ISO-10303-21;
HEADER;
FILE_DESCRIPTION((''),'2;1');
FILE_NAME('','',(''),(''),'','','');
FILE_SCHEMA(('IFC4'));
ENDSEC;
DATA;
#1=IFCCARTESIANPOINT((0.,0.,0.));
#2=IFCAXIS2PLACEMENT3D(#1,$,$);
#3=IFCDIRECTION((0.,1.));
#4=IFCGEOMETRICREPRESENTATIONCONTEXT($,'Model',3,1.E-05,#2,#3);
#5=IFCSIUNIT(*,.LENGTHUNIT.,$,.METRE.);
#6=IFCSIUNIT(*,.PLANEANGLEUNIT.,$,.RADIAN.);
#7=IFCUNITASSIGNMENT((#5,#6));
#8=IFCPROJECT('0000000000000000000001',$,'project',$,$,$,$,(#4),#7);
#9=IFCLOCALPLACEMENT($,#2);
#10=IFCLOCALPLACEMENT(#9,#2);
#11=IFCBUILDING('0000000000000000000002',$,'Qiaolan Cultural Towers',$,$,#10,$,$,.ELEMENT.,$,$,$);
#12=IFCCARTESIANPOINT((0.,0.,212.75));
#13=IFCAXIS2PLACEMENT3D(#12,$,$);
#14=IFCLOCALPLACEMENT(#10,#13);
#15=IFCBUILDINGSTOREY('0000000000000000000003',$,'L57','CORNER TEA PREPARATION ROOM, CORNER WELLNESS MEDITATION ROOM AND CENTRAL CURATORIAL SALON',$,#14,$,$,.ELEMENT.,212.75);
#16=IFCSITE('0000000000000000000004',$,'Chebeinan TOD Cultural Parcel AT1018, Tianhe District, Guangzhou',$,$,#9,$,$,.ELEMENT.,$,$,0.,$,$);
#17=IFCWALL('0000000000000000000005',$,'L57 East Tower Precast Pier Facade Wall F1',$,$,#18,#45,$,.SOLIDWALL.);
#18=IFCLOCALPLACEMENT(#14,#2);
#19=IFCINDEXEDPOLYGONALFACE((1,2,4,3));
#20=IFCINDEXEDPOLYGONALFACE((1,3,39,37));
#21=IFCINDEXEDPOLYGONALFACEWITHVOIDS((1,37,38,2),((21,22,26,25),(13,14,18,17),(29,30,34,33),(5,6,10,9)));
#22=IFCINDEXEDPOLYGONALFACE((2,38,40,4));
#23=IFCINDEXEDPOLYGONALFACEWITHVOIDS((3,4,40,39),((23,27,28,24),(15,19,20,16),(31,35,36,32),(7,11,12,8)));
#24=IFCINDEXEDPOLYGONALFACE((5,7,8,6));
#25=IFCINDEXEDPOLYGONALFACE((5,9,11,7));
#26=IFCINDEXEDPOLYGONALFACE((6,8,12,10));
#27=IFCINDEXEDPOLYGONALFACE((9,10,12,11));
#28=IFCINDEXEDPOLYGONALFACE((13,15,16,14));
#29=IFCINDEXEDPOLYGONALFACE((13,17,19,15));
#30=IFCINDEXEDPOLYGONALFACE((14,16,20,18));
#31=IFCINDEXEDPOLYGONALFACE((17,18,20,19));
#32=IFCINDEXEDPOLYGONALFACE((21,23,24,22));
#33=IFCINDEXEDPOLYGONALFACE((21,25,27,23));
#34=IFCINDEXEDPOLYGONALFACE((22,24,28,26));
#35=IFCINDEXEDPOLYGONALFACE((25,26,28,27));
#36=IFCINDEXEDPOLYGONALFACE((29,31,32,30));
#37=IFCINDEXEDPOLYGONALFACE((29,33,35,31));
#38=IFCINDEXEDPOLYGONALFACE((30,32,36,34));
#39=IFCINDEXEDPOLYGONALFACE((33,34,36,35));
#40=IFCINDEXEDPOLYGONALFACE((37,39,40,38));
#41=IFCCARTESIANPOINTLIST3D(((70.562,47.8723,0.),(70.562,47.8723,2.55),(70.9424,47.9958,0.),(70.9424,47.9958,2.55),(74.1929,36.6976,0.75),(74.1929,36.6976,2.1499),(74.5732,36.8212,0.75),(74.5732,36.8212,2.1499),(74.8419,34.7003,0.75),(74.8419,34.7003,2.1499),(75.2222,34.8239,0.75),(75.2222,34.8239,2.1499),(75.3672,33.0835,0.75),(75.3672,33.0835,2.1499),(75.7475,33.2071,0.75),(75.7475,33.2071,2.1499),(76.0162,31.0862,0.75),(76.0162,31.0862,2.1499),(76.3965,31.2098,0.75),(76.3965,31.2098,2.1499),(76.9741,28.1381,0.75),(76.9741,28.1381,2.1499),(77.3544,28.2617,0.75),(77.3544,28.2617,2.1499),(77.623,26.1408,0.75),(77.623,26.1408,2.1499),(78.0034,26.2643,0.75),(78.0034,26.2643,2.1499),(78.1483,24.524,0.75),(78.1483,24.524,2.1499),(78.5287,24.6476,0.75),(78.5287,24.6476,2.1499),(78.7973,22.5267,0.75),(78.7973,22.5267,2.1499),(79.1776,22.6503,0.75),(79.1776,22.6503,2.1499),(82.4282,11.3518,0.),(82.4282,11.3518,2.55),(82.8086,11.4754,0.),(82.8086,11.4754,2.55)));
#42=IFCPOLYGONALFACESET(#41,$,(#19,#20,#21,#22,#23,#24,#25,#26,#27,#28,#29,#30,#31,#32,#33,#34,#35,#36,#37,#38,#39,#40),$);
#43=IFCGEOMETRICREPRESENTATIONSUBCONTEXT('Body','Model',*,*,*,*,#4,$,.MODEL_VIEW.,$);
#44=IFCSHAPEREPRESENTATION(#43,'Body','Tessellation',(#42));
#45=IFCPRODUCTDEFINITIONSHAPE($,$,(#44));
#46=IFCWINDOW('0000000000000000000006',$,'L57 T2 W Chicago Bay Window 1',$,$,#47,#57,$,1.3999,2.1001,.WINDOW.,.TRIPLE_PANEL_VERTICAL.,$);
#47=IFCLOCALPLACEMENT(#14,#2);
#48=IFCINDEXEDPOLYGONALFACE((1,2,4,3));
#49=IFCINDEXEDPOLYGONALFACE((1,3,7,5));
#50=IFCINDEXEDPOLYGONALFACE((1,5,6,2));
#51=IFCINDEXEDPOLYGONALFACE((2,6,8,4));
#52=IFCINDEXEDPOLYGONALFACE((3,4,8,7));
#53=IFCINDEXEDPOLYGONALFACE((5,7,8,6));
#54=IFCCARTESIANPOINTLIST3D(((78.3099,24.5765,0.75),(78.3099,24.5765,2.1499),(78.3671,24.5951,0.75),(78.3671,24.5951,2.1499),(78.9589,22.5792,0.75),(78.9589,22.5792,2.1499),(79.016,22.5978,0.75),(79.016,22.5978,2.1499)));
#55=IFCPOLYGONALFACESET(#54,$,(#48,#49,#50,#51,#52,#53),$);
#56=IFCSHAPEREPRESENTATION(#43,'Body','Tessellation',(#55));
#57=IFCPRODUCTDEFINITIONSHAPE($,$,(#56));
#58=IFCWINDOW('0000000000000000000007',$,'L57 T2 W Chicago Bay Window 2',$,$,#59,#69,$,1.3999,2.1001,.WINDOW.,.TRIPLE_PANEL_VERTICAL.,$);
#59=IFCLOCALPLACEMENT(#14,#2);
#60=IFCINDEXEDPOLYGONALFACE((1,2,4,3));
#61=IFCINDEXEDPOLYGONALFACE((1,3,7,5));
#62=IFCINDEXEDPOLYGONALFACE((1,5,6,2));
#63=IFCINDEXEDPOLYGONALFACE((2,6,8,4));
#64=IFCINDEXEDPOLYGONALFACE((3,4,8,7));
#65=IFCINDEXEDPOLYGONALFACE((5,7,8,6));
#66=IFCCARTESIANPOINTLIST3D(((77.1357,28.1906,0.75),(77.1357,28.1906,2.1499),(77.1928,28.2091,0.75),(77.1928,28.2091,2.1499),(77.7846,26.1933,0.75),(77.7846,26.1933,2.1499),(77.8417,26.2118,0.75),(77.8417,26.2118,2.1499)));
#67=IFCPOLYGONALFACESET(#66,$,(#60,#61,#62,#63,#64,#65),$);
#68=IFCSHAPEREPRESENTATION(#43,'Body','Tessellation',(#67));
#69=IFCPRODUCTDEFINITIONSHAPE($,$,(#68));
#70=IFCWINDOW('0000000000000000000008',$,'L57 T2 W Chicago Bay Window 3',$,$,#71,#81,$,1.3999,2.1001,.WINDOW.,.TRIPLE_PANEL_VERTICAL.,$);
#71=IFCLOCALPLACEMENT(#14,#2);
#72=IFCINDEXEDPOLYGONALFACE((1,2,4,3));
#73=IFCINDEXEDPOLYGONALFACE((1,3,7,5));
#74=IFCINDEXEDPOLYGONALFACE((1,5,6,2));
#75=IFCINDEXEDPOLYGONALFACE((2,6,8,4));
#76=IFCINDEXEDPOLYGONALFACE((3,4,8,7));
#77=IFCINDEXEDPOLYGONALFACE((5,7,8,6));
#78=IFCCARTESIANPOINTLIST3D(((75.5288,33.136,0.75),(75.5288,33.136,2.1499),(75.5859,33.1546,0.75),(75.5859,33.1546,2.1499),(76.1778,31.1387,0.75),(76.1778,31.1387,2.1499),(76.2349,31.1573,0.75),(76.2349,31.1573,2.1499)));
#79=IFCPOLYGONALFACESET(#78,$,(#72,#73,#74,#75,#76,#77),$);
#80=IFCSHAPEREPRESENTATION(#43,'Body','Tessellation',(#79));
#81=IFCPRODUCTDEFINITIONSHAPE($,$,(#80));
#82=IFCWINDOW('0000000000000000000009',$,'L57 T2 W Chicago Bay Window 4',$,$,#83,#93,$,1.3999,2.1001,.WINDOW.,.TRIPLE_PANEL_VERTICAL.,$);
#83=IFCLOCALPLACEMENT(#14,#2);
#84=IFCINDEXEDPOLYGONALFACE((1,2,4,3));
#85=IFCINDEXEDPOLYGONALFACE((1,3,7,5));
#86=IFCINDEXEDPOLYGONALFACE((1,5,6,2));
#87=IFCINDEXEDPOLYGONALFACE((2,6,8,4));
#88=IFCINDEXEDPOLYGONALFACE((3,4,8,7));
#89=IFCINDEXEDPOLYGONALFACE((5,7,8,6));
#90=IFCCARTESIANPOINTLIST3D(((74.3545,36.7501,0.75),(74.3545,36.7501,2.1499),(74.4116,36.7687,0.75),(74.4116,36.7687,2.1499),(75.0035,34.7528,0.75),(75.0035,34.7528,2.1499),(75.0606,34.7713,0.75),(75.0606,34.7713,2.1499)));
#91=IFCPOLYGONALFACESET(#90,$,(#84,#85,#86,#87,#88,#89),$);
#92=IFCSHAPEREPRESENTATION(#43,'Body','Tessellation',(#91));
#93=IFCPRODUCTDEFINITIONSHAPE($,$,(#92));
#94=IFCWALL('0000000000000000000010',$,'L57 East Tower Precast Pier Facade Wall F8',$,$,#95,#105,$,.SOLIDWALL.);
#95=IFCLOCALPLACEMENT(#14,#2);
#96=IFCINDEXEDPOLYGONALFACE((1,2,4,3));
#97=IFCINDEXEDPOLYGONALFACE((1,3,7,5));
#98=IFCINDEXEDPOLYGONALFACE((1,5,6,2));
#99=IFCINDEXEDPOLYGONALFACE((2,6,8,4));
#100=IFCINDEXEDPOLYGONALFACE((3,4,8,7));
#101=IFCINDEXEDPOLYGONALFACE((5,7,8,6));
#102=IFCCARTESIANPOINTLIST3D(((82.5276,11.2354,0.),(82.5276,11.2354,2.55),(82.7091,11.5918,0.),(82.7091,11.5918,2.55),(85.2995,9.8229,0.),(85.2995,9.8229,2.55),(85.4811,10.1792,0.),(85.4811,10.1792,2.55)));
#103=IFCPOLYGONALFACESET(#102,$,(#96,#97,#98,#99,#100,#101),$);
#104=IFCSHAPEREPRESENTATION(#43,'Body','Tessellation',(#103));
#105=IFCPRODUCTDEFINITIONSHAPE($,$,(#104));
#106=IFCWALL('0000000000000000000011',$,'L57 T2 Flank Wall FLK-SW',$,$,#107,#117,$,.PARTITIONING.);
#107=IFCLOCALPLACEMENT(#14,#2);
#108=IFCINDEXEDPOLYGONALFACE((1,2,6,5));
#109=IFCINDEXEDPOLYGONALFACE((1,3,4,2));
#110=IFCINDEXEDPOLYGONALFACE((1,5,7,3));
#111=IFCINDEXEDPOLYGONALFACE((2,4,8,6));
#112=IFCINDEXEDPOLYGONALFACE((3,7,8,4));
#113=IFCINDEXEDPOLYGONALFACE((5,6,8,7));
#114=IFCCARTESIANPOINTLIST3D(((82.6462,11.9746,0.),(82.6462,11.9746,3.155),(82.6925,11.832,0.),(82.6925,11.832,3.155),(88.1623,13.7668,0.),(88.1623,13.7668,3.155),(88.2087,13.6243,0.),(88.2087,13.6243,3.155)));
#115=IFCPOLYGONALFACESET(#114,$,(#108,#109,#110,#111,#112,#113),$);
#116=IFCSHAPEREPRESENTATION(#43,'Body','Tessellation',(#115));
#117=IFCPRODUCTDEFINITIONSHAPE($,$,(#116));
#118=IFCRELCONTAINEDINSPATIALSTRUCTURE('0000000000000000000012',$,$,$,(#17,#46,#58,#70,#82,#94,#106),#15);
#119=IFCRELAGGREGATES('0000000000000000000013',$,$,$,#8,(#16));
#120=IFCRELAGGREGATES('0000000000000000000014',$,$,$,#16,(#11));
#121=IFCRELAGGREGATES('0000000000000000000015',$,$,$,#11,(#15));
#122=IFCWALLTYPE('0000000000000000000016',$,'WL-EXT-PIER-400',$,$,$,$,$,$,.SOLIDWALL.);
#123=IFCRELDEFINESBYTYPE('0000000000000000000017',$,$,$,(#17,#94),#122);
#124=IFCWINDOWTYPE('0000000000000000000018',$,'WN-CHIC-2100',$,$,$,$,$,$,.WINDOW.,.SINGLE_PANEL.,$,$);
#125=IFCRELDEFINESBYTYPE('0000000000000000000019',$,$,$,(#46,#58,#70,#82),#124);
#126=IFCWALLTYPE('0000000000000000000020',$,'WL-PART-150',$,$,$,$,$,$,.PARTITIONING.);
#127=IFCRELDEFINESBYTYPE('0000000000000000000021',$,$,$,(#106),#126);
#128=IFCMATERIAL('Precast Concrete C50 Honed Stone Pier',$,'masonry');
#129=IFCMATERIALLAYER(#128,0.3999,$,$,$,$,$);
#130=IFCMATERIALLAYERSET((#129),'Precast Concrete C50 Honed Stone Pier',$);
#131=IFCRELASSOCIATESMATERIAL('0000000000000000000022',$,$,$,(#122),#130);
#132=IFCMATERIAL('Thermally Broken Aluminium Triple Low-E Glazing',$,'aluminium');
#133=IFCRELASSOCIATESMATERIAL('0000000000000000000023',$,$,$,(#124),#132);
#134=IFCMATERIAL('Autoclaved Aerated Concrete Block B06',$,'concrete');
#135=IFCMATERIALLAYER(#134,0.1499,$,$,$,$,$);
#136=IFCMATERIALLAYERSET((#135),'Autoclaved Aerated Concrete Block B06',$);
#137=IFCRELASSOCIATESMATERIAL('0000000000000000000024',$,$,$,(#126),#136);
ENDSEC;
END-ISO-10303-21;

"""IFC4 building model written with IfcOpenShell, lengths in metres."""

from ifc_helpers import new_model, si_unit, direction, frame, frame_2d, origin, place, context, subcontext, project, spatial, rectangle, extrude, material, layer, layer_set, type_object, element, fill, save


model = new_model("IFC4")

# Units and contexts
model_context = context("Model", 3, precision=1e-05, world=origin(), true_north=direction((0.0, 1.0)))
body_context = subcontext(model_context, "Body", "Model", "MODEL_VIEW")
ifc_project = project(units=[si_unit("LENGTHUNIT", "METRE"), si_unit("PLANEANGLEUNIT", "RADIAN")], contexts=[model_context])

# Site, building, storey
site_placement = place(None, origin())
site = spatial("IfcSite", under=ifc_project, at=site_placement, Name="Chebeinan TOD Cultural Parcel AT1018, Tianhe District, Guangzhou", CompositionType="ELEMENT", RefElevation=0.0)
building_placement = place(site_placement, origin())
building = spatial("IfcBuilding", under=site, at=building_placement, Name="Qiaolan Cultural Towers", CompositionType="ELEMENT")
storey_placement = place(building_placement, frame((0.0, 0.0, 212.75)))
storey = spatial("IfcBuildingStorey", under=building, at=storey_placement, Name="L57", Description="CORNER TEA PREPARATION ROOM, CORNER WELLNESS MEDITATION ROOM AND CENTRAL CURATORIAL SALON", CompositionType="ELEMENT", Elevation=212.75)

# Wall, openings, windows
ifc_material_1 = material(Name="Precast Concrete C50 Honed Stone Pier", Category="masonry")
ifc_layer_1 = layer(ifc_material_1, 0.3999)
ifc_layer_set_1 = layer_set([ifc_layer_1], Name="Precast Concrete C50 Honed Stone Pier")
wall_type_1 = type_object("IfcWallType", Name="WL-EXT-PIER-400", PredefinedType="SOLIDWALL", material=ifc_layer_set_1)
wall_1_placement = place(storey_placement, frame((82.6184, 11.4136, 0.0), z_axis=(0.0, 0.0, 1.0), x_axis=(-0.309016, 0.951057, 0.0)))
wall_1 = element("IfcWall", 1, at=wall_1_placement, inside=storey, type_object=wall_type_1, Name="L57 East Tower Precast Pier Facade Wall F1", PredefinedType="SOLIDWALL", context=body_context, shape_type="SweptSolid", body=[
    extrude(rectangle(XDim=38.3999, YDim=0.3999, at=frame_2d((19.2, 0.0))), origin(), (0.0, 0.0, 1.0), 2.55),
])
opening_1_placement = place(wall_1_placement, frame((11.75, 0.0, 0.75)))
opening_1 = element("IfcOpeningElement", 2, at=opening_1_placement, cuts=wall_1, PredefinedType="OPENING", context=body_context, shape_type="SweptSolid", body=[
    extrude(rectangle(XDim=2.1001, YDim=1.3999, at=frame_2d((1.05, 0.7))), frame((0.0, 0.21, 0.0), z_axis=(0.0, -1.0, 0.0), x_axis=(1.0, 0.0, 0.0)), (0.0, 0.0, 1.0), 0.4199),
])
opening_2_placement = place(wall_1_placement, frame((15.55, 0.0, 0.75)))
opening_2 = element("IfcOpeningElement", 3, at=opening_2_placement, cuts=wall_1, PredefinedType="OPENING", context=body_context, shape_type="SweptSolid", body=[
    extrude(rectangle(XDim=2.1001, YDim=1.3999, at=frame_2d((1.05, 0.7))), frame((0.0, 0.21, 0.0), z_axis=(0.0, -1.0, 0.0), x_axis=(1.0, 0.0, 0.0)), (0.0, 0.0, 1.0), 0.4199),
])
opening_3_placement = place(wall_1_placement, frame((20.75, 0.0, 0.75)))
opening_3 = element("IfcOpeningElement", 4, at=opening_3_placement, cuts=wall_1, PredefinedType="OPENING", context=body_context, shape_type="SweptSolid", body=[
    extrude(rectangle(XDim=2.1001, YDim=1.3999, at=frame_2d((1.05, 0.7))), frame((0.0, 0.21, 0.0), z_axis=(0.0, -1.0, 0.0), x_axis=(1.0, 0.0, 0.0)), (0.0, 0.0, 1.0), 0.4199),
])
opening_4_placement = place(wall_1_placement, frame((24.55, 0.0, 0.75)))
opening_4 = element("IfcOpeningElement", 5, at=opening_4_placement, cuts=wall_1, PredefinedType="OPENING", context=body_context, shape_type="SweptSolid", body=[
    extrude(rectangle(XDim=2.1001, YDim=1.3999, at=frame_2d((1.05, 0.7))), frame((0.0, 0.21, 0.0), z_axis=(0.0, -1.0, 0.0), x_axis=(1.0, 0.0, 0.0)), (0.0, 0.0, 1.0), 0.4199),
])
ifc_material_2 = material(Name="Thermally Broken Aluminium Triple Low-E Glazing", Category="aluminium")
window_type = type_object("IfcWindowType", Name="WN-CHIC-2100", PartitioningType="SINGLE_PANEL", PredefinedType="WINDOW", material=ifc_material_2)
window_1_placement = place(opening_1_placement, origin())
window_1 = element("IfcWindow", 6, at=window_1_placement, inside=storey, type_object=window_type, Name="L57 T2 W Chicago Bay Window 1", OverallHeight=1.3999, OverallWidth=2.1001, PartitioningType="TRIPLE_PANEL_VERTICAL", PredefinedType="WINDOW", context=body_context, shape_type="SweptSolid", body=[
    extrude(rectangle(XDim=2.1001, YDim=1.3999, at=frame_2d((1.05, 0.7))), frame((0.0, 0.03, 0.0), z_axis=(0.0, -1.0, 0.0), x_axis=(1.0, 0.0, 0.0)), (0.0, 0.0, 1.0), 0.0601),
])
fill(opening_1, window_1)
window_2_placement = place(opening_2_placement, origin())
window_2 = element("IfcWindow", 7, at=window_2_placement, inside=storey, type_object=window_type, Name="L57 T2 W Chicago Bay Window 2", OverallHeight=1.3999, OverallWidth=2.1001, PartitioningType="TRIPLE_PANEL_VERTICAL", PredefinedType="WINDOW", context=body_context, shape_type="SweptSolid", body=[
    extrude(rectangle(XDim=2.1001, YDim=1.3999, at=frame_2d((1.05, 0.7))), frame((0.0, 0.03, 0.0), z_axis=(0.0, -1.0, 0.0), x_axis=(1.0, 0.0, 0.0)), (0.0, 0.0, 1.0), 0.0601),
])
fill(opening_2, window_2)
window_3_placement = place(opening_3_placement, origin())
window_3 = element("IfcWindow", 8, at=window_3_placement, inside=storey, type_object=window_type, Name="L57 T2 W Chicago Bay Window 3", OverallHeight=1.3999, OverallWidth=2.1001, PartitioningType="TRIPLE_PANEL_VERTICAL", PredefinedType="WINDOW", context=body_context, shape_type="SweptSolid", body=[
    extrude(rectangle(XDim=2.1001, YDim=1.3999, at=frame_2d((1.05, 0.7))), frame((0.0, 0.03, 0.0), z_axis=(0.0, -1.0, 0.0), x_axis=(1.0, 0.0, 0.0)), (0.0, 0.0, 1.0), 0.0601),
])
fill(opening_3, window_3)
window_4_placement = place(opening_4_placement, origin())
window_4 = element("IfcWindow", 9, at=window_4_placement, inside=storey, type_object=window_type, Name="L57 T2 W Chicago Bay Window 4", OverallHeight=1.3999, OverallWidth=2.1001, PartitioningType="TRIPLE_PANEL_VERTICAL", PredefinedType="WINDOW", context=body_context, shape_type="SweptSolid", body=[
    extrude(rectangle(XDim=2.1001, YDim=1.3999, at=frame_2d((1.05, 0.7))), frame((0.0, 0.03, 0.0), z_axis=(0.0, -1.0, 0.0), x_axis=(1.0, 0.0, 0.0)), (0.0, 0.0, 1.0), 0.0601),
])
fill(opening_4, window_4)

# Walls
wall_2_placement = place(storey_placement, frame((85.3904, 10.001, 0.0), z_axis=(0.0, 0.0, 1.0), x_axis=(-0.89098, 0.454043, 0.0)))
element("IfcWall", 10, at=wall_2_placement, inside=storey, type_object=wall_type_1, Name="L57 East Tower Precast Pier Facade Wall F8", PredefinedType="SOLIDWALL", context=body_context, shape_type="SweptSolid", body=[
    extrude(rectangle(XDim=3.1111, YDim=0.3999, at=frame_2d((1.5557, 0.0))), origin(), (0.0, 0.0, 1.0), 2.55),
])
ifc_material_3 = material(Name="Autoclaved Aerated Concrete Block B06", Category="concrete")
ifc_layer_2 = layer(ifc_material_3, 0.1499)
ifc_layer_set_2 = layer_set([ifc_layer_2], Name="Autoclaved Aerated Concrete Block B06")
wall_type_2 = type_object("IfcWallType", Name="WL-PART-150", PredefinedType="PARTITIONING", material=ifc_layer_set_2)
wall_3_placement = place(storey_placement, frame((82.6694, 11.9033, 0.0), z_axis=(0.0, 0.0, 1.0), x_axis=(0.951059, 0.309008, 0.0)))
element("IfcWall", 11, at=wall_3_placement, inside=storey, type_object=wall_type_2, Name="L57 T2 Flank Wall FLK-SW", PredefinedType="PARTITIONING", context=body_context, shape_type="SweptSolid", body=[
    extrude(rectangle(XDim=5.8, YDim=0.1499, at=frame_2d((2.8999, 0.0))), origin(), (0.0, 0.0, 1.0), 3.155),
])

save(model, "model.ifc")
